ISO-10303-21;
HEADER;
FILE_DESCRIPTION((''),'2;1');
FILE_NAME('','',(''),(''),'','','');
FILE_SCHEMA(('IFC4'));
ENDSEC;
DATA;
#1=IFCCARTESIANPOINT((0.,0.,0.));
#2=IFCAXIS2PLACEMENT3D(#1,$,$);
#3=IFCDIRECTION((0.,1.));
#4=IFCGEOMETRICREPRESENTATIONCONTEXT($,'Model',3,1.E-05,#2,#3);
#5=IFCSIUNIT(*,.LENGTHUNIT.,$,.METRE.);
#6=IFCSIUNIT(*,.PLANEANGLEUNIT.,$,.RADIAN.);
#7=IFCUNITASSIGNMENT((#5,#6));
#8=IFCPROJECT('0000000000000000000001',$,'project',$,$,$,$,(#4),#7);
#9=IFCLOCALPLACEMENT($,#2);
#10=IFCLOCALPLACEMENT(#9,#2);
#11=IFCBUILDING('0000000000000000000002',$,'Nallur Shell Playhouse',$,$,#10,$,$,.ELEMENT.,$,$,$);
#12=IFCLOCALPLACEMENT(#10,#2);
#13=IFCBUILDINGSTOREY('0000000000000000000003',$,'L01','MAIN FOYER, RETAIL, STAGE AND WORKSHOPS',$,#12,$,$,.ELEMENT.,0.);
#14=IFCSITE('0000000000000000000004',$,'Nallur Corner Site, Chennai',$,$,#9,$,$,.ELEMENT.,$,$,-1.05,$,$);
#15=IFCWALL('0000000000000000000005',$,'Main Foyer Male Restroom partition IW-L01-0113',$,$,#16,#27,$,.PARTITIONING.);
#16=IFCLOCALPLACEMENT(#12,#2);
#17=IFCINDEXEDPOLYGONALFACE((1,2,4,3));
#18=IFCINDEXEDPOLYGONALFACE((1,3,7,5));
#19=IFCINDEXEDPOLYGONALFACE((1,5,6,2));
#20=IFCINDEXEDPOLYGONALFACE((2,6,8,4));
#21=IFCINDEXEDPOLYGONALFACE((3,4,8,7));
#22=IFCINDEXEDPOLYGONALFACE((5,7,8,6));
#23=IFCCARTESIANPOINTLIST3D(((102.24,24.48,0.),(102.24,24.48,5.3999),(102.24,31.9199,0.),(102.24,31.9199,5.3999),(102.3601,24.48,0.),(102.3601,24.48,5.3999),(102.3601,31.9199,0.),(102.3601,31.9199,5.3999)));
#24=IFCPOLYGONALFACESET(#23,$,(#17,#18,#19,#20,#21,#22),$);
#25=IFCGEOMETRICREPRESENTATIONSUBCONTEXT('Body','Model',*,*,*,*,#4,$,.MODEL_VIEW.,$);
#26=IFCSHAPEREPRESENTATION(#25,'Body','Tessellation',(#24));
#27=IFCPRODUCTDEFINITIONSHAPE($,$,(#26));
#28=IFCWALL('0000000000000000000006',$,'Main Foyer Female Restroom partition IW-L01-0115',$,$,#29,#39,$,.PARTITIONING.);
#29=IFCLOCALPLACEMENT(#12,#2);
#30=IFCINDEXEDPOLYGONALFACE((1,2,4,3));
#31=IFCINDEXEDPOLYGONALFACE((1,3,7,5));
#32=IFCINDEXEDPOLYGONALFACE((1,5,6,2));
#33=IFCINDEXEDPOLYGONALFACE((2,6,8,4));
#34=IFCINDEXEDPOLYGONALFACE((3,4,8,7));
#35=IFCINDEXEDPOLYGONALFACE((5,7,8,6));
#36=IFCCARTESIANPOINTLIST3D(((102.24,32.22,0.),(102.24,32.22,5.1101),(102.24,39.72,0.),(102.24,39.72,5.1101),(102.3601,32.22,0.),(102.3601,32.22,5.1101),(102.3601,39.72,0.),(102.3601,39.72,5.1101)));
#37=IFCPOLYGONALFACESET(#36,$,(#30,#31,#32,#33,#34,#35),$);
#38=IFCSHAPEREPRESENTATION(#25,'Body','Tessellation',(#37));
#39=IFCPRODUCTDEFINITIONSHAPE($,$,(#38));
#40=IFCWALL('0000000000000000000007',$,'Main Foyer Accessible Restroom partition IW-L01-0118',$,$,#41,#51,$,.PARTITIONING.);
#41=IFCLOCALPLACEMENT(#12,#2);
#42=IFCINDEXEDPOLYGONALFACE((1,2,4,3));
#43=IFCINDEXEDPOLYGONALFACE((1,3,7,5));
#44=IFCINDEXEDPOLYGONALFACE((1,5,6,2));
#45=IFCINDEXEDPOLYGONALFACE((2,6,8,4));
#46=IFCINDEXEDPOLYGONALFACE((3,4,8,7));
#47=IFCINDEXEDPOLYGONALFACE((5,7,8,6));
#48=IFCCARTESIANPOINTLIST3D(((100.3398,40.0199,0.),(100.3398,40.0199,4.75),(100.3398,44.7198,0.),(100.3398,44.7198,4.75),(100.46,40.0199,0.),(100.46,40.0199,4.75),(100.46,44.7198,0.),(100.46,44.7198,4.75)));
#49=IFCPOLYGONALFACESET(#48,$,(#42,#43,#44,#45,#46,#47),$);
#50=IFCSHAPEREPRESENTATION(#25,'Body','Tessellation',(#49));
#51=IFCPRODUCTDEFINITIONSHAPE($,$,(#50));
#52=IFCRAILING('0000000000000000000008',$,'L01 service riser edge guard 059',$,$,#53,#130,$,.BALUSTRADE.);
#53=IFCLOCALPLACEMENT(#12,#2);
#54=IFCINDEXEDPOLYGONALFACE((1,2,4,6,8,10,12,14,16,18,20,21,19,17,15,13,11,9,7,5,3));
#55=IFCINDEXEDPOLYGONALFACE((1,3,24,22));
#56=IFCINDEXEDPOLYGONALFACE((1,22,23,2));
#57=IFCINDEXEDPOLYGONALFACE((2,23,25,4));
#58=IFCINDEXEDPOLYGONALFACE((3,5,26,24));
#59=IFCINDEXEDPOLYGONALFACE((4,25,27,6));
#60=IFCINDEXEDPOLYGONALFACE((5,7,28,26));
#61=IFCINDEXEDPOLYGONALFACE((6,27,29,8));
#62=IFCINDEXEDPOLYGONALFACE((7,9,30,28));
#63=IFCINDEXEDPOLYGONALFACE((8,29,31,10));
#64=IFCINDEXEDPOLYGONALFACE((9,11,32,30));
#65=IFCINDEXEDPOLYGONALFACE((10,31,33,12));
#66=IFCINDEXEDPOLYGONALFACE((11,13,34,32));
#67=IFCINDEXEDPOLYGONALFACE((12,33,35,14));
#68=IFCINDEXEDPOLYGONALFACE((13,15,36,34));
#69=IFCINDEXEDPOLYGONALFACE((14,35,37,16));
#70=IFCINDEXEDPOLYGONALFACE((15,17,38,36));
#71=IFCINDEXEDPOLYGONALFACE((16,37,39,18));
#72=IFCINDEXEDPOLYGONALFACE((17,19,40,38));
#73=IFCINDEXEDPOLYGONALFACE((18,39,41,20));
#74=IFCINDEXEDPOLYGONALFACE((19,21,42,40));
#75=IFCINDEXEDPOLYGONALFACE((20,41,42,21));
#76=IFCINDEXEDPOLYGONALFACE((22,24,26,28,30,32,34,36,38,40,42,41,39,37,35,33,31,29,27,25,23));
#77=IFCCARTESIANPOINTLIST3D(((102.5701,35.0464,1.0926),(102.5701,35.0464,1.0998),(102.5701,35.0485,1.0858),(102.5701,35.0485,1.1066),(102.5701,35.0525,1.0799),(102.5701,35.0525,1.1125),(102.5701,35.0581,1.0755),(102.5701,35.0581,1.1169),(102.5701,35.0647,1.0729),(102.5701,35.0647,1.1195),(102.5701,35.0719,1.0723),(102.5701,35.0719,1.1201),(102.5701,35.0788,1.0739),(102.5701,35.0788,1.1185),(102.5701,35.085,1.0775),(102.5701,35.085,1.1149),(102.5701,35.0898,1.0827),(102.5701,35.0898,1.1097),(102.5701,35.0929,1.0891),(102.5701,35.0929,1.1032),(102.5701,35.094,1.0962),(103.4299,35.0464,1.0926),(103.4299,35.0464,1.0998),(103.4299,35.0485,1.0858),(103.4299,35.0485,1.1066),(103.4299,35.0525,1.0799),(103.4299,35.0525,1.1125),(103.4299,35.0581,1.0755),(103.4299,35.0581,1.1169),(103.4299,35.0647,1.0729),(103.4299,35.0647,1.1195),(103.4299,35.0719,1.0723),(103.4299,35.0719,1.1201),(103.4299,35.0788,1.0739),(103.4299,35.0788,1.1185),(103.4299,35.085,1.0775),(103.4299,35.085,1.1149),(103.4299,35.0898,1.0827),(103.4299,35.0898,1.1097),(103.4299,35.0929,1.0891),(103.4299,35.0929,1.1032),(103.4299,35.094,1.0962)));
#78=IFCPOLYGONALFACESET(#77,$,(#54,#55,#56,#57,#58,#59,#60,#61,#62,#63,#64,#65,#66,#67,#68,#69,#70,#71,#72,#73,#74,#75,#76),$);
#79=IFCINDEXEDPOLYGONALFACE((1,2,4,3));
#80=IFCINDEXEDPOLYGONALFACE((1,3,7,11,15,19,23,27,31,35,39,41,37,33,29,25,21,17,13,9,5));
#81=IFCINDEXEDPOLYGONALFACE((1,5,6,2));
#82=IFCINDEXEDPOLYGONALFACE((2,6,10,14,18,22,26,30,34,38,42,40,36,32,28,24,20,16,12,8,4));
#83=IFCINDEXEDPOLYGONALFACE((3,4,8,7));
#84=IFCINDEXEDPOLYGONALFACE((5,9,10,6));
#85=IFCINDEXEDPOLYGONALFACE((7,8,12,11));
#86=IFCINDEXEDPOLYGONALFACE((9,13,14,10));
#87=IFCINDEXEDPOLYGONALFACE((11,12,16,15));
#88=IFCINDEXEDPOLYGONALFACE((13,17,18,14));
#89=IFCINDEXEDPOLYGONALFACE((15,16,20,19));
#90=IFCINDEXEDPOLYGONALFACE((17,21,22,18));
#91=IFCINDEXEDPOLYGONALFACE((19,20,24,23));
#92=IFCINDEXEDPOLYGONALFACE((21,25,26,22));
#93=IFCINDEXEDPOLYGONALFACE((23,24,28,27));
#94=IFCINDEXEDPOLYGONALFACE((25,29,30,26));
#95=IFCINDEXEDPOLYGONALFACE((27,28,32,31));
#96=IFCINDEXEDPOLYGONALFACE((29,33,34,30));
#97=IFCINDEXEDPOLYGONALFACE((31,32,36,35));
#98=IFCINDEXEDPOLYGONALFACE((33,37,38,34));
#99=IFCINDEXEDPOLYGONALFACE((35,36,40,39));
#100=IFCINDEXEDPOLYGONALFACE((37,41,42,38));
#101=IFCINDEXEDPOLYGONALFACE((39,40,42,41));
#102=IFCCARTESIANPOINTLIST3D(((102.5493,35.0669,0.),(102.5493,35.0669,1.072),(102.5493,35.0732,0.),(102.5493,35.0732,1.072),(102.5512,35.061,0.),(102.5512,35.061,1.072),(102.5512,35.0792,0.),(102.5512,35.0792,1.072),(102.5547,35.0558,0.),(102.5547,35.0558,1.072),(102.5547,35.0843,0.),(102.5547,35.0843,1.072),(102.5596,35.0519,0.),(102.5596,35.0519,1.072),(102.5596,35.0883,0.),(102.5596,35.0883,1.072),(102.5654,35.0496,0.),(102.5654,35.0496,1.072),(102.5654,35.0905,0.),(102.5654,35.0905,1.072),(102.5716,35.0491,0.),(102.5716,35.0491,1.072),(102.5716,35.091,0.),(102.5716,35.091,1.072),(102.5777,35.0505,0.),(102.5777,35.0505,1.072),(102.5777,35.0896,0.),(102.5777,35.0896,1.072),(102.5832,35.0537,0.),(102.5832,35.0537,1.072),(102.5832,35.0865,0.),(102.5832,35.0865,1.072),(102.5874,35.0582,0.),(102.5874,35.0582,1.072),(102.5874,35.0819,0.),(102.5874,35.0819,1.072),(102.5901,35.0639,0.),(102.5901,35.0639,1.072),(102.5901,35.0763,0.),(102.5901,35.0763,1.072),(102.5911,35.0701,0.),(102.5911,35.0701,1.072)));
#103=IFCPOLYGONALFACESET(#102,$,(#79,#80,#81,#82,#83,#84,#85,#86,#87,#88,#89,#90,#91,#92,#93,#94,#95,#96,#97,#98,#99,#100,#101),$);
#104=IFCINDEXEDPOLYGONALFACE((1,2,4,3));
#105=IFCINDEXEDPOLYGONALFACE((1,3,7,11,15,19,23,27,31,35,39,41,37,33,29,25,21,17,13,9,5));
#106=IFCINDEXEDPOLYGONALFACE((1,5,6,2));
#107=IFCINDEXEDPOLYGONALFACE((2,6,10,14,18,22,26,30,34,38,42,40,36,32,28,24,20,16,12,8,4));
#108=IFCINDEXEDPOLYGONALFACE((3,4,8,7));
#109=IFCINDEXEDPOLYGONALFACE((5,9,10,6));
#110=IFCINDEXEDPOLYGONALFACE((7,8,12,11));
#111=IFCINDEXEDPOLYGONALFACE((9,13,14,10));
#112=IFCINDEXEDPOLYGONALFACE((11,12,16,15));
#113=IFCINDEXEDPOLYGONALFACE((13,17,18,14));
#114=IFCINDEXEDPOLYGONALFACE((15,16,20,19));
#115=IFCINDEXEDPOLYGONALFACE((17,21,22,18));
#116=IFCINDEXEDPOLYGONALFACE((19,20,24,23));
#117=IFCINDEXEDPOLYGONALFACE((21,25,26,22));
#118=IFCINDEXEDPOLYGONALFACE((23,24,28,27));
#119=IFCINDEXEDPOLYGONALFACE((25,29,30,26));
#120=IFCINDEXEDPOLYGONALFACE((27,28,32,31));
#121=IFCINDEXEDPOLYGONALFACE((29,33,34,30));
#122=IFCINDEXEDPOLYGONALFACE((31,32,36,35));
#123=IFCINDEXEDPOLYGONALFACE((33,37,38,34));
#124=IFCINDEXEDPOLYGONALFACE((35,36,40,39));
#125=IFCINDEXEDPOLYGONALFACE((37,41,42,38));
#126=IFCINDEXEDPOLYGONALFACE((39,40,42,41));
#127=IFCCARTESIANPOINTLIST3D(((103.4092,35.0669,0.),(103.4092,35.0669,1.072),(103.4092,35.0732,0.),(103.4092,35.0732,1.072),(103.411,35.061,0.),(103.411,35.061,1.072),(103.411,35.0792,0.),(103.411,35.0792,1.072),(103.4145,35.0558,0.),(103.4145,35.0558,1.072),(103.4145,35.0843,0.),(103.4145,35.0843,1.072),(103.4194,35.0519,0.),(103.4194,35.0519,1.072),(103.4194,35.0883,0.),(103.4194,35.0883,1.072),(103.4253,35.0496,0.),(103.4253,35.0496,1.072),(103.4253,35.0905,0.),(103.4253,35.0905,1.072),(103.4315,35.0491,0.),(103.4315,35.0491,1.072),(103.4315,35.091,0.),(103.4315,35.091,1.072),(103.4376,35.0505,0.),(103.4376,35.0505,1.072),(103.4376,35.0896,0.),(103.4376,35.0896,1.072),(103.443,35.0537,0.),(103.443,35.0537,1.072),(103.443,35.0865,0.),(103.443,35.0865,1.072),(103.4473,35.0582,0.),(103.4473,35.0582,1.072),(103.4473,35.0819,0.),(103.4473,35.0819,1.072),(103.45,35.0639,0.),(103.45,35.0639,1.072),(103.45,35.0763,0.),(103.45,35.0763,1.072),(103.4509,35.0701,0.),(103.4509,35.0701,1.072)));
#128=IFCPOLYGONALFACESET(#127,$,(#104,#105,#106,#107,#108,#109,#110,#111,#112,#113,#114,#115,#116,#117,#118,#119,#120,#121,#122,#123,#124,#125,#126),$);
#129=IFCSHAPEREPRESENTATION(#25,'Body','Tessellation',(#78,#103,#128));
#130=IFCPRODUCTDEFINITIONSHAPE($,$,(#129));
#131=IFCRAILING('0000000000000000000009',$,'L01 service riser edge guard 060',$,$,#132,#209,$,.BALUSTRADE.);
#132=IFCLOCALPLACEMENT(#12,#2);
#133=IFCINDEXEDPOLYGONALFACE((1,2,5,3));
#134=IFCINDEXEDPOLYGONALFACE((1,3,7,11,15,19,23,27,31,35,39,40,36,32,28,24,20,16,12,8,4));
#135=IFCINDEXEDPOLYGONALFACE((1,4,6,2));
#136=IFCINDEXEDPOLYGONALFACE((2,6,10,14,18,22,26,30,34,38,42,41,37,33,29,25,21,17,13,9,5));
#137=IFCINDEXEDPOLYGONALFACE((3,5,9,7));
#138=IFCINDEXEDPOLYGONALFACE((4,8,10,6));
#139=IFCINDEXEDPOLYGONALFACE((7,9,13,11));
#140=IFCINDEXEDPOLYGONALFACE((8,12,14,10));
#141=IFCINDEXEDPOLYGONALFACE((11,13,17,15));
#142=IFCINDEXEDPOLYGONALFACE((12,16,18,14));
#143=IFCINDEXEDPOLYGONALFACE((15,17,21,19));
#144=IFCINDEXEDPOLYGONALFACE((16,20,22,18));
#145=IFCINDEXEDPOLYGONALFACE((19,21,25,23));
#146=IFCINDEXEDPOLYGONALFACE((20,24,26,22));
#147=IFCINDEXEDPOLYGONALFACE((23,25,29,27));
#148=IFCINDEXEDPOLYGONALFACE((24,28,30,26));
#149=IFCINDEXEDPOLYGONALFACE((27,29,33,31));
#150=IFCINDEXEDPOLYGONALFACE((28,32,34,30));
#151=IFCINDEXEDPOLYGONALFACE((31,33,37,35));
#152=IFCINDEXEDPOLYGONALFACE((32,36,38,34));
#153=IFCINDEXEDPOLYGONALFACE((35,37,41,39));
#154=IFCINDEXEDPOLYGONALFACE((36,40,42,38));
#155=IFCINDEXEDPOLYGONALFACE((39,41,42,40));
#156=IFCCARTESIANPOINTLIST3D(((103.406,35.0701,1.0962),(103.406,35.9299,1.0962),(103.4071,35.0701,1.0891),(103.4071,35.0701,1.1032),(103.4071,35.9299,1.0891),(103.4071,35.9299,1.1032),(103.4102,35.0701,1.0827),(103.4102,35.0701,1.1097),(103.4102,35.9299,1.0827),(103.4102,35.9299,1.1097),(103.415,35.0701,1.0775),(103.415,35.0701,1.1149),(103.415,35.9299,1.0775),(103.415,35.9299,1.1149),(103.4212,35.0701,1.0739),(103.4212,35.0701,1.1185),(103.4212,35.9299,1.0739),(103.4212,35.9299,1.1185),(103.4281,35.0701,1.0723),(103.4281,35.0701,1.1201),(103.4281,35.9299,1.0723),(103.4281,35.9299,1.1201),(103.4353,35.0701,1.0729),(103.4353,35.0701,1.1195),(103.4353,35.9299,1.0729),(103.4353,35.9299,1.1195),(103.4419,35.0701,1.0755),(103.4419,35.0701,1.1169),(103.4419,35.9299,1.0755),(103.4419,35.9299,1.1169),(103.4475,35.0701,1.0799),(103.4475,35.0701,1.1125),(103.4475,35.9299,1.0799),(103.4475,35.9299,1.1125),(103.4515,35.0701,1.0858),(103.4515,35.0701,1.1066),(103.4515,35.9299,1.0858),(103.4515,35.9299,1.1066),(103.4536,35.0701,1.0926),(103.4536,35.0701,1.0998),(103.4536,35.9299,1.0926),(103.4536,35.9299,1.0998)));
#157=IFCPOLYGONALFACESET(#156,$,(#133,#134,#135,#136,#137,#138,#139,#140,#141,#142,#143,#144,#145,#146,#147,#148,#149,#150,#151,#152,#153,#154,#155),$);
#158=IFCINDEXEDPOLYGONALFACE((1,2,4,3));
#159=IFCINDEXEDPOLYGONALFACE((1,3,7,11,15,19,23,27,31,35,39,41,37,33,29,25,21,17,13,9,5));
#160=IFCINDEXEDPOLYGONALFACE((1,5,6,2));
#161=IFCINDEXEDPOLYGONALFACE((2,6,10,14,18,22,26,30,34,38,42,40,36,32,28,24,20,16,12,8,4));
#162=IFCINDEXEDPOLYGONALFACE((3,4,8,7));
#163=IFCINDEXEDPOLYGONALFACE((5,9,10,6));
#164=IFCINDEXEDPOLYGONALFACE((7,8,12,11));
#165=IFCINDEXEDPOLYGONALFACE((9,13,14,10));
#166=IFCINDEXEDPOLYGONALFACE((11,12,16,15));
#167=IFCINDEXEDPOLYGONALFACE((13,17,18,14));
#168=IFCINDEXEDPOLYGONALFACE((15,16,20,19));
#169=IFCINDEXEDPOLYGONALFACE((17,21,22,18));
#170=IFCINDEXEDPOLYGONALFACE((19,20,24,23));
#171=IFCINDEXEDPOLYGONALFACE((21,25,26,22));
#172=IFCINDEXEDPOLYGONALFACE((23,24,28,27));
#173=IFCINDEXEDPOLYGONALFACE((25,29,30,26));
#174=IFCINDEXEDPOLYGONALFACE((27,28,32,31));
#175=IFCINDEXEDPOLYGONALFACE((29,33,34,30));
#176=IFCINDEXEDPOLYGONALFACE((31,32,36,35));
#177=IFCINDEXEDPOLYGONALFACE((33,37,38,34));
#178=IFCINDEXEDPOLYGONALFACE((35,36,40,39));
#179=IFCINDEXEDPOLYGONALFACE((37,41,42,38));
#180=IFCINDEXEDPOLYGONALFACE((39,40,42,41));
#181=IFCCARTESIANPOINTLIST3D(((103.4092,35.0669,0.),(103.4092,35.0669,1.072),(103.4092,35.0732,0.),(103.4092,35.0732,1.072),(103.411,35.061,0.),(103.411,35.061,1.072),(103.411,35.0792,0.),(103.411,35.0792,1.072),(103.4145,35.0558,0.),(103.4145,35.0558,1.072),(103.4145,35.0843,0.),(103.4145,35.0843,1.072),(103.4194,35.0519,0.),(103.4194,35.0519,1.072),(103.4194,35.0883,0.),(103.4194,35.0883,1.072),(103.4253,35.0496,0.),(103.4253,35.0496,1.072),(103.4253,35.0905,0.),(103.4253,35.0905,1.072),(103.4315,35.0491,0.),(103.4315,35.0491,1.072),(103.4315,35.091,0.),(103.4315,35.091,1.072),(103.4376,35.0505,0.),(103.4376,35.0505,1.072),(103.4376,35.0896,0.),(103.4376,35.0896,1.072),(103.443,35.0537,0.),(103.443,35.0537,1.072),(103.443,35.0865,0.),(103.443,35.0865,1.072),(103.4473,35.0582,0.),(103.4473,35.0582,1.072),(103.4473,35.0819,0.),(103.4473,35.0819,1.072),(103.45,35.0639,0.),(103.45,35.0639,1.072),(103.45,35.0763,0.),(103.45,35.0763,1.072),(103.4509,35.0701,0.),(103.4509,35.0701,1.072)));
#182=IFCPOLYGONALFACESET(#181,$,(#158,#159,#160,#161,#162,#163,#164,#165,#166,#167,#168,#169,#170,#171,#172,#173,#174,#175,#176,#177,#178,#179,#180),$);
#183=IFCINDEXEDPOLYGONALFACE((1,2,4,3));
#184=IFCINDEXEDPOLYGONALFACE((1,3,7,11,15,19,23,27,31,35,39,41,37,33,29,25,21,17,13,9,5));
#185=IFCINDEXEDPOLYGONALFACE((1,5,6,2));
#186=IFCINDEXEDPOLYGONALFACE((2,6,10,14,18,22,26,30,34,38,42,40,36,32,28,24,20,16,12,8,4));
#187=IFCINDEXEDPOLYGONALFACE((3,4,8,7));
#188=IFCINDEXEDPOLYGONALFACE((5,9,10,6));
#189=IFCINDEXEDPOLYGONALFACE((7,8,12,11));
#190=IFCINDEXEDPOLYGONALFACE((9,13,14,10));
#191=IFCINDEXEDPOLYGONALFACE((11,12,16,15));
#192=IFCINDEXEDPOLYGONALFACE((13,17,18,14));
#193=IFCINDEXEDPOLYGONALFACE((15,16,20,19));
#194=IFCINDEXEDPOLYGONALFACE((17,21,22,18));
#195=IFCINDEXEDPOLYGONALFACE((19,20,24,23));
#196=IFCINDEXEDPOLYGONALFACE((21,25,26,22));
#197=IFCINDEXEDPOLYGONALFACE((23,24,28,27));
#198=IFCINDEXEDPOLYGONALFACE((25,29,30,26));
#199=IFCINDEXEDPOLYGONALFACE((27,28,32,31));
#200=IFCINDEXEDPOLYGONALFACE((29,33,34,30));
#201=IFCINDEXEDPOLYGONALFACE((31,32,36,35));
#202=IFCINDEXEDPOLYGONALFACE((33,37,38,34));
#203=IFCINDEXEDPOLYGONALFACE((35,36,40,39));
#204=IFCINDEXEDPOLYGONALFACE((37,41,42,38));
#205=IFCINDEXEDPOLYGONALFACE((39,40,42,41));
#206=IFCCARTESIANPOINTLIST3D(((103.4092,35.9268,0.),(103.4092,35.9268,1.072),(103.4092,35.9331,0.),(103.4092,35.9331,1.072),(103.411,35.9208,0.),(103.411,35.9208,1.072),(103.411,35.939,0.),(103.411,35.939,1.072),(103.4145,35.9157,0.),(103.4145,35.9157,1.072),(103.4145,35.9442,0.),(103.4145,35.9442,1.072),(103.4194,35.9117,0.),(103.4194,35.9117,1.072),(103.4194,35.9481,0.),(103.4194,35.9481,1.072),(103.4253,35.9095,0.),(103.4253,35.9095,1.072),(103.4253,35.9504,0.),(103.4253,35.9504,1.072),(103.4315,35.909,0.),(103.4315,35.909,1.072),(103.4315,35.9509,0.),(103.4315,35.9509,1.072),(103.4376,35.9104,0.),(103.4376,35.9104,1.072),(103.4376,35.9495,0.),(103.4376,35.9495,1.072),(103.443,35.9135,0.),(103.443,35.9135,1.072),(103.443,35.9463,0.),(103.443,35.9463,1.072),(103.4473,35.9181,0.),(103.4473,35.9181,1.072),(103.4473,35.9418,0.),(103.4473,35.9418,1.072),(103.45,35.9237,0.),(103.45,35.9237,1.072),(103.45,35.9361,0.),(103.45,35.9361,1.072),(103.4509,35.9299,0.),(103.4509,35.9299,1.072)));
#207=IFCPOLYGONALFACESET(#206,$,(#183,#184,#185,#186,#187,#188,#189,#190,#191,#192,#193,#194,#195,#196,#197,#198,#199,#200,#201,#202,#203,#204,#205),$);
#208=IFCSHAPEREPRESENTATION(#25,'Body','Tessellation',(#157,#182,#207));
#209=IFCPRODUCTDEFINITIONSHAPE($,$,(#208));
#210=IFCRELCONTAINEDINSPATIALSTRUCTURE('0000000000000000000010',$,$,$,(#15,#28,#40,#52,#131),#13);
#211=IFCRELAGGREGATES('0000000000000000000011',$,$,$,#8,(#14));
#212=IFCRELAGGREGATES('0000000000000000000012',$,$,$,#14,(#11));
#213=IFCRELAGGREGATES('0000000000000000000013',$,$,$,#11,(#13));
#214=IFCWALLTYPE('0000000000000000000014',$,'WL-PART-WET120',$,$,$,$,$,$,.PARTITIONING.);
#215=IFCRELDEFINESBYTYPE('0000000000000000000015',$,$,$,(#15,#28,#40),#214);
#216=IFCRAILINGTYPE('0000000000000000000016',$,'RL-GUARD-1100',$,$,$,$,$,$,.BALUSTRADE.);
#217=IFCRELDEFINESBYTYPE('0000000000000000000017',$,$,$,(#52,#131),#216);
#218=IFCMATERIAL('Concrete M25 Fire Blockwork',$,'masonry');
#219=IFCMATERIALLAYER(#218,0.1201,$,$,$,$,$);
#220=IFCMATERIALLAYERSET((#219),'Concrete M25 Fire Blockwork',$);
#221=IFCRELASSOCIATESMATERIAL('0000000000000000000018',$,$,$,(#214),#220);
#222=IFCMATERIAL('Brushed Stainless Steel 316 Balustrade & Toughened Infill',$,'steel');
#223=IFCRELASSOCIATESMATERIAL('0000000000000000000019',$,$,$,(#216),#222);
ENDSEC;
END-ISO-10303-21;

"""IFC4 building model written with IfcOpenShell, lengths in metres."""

from ifc_helpers import new_model, si_unit, direction, frame, frame_2d, origin, origin_2d, place, context, subcontext, project, spatial, rectangle, circle, extrude, material, layer, layer_set, type_object, element, save


model = new_model("IFC4")

# Units and contexts
model_context = context("Model", 3, precision=1e-05, world=origin(), true_north=direction((0.0, 1.0)))
body_context = subcontext(model_context, "Body", "Model", "MODEL_VIEW")
ifc_project = project(units=[si_unit("LENGTHUNIT", "METRE"), si_unit("PLANEANGLEUNIT", "RADIAN")], contexts=[model_context])

# Site, building, storey
site_placement = place(None, origin())
site = spatial("IfcSite", under=ifc_project, at=site_placement, Name="Nallur Corner Site, Chennai", CompositionType="ELEMENT", RefElevation=-1.05)
building_placement = place(site_placement, origin())
building = spatial("IfcBuilding", under=site, at=building_placement, Name="Nallur Shell Playhouse", CompositionType="ELEMENT")
storey_placement = place(building_placement, origin())
storey = spatial("IfcBuildingStorey", under=building, at=storey_placement, Name="L01", Description="MAIN FOYER, RETAIL, STAGE AND WORKSHOPS", CompositionType="ELEMENT", Elevation=0.0)

# Walls
ifc_material_1 = material(Name="Concrete M25 Fire Blockwork", Category="masonry")
ifc_layer_1 = layer(ifc_material_1, 0.1201)
ifc_layer_set_1 = layer_set([ifc_layer_1], Name="Concrete M25 Fire Blockwork")
wall_type_1 = type_object("IfcWallType", Name="WL-PART-WET120", PredefinedType="PARTITIONING", material=ifc_layer_set_1)
wall_1_placement = place(storey_placement, frame((102.3, 31.9199, 0.0), z_axis=(0.0, 0.0, 1.0), x_axis=(0.0, -1.0, 0.0)))
element("IfcWall", 1, at=wall_1_placement, inside=storey, type_object=wall_type_1, Name="Main Foyer Male Restroom partition IW-L01-0113", PredefinedType="PARTITIONING", context=body_context, shape_type="SweptSolid", body=[
    extrude(rectangle(XDim=7.4399, YDim=0.1201, at=frame_2d((3.72, 0.0))), origin(), (0.0, 0.0, 1.0), 5.3999),
])
wall_2_placement = place(storey_placement, frame((102.3, 39.72, 0.0), z_axis=(0.0, 0.0, 1.0), x_axis=(0.0, -1.0, 0.0)))
element("IfcWall", 2, at=wall_2_placement, inside=storey, type_object=wall_type_1, Name="Main Foyer Female Restroom partition IW-L01-0115", PredefinedType="PARTITIONING", context=body_context, shape_type="SweptSolid", body=[
    extrude(rectangle(XDim=7.5, YDim=0.1201, at=frame_2d((3.75, 0.0))), origin(), (0.0, 0.0, 1.0), 5.1101),
])
wall_3_placement = place(storey_placement, frame((100.3999, 44.72, 0.0), z_axis=(0.0, 0.0, 1.0), x_axis=(0.0, -1.0, 0.0)))
element("IfcWall", 3, at=wall_3_placement, inside=storey, type_object=wall_type_1, Name="Main Foyer Accessible Restroom partition IW-L01-0118", PredefinedType="PARTITIONING", context=body_context, shape_type="SweptSolid", body=[
    extrude(rectangle(XDim=4.7, YDim=0.1201, at=frame_2d((2.3501, 0.0))), origin(), (0.0, 0.0, 1.0), 4.75),
])

# Railings
ifc_material_2 = material(Name="Brushed Stainless Steel 316 Balustrade & Toughened Infill", Category="steel")
railing_type = type_object("IfcRailingType", Name="RL-GUARD-1100", PredefinedType="BALUSTRADE", material=ifc_material_2)
railing_1_placement = place(storey_placement, frame((102.5701, 35.0701, 0.0)))
element("IfcRailing", 4, at=railing_1_placement, inside=storey, type_object=railing_type, Name="L01 service riser edge guard 059", PredefinedType="BALUSTRADE", context=body_context, shape_type="SweptSolid", body=[
    extrude(circle(Radius=0.0239, at=origin_2d()), frame((0.0, 0.0, 1.0962), z_axis=(1.0, 0.0, 0.0), x_axis=(0.0, 1.0, 0.0)), (0.0, 0.0, 1.0), 0.8599),
    extrude(circle(Radius=0.021, at=origin_2d()), origin(), (0.0, 0.0, 1.0), 1.072),
    extrude(circle(Radius=0.021, at=origin_2d()), frame((0.8599, 0.0, 0.0)), (0.0, 0.0, 1.0), 1.072),
])
railing_2_placement = place(storey_placement, frame((103.4299, 35.0701, 0.0)))
element("IfcRailing", 5, at=railing_2_placement, inside=storey, type_object=railing_type, Name="L01 service riser edge guard 060", PredefinedType="BALUSTRADE", context=body_context, shape_type="SweptSolid", body=[
    extrude(circle(Radius=0.0239, at=origin_2d()), frame((0.0, 0.0, 1.0962), z_axis=(0.0, 1.0, 0.0), x_axis=(-1.0, 0.0, 0.0)), (0.0, 0.0, 1.0), 0.8599),
    extrude(circle(Radius=0.021, at=origin_2d()), origin(), (0.0, 0.0, 1.0), 1.072),
    extrude(circle(Radius=0.021, at=origin_2d()), frame((0.0, 0.8599, 0.0)), (0.0, 0.0, 1.0), 1.072),
])

save(model, "model.ifc")
